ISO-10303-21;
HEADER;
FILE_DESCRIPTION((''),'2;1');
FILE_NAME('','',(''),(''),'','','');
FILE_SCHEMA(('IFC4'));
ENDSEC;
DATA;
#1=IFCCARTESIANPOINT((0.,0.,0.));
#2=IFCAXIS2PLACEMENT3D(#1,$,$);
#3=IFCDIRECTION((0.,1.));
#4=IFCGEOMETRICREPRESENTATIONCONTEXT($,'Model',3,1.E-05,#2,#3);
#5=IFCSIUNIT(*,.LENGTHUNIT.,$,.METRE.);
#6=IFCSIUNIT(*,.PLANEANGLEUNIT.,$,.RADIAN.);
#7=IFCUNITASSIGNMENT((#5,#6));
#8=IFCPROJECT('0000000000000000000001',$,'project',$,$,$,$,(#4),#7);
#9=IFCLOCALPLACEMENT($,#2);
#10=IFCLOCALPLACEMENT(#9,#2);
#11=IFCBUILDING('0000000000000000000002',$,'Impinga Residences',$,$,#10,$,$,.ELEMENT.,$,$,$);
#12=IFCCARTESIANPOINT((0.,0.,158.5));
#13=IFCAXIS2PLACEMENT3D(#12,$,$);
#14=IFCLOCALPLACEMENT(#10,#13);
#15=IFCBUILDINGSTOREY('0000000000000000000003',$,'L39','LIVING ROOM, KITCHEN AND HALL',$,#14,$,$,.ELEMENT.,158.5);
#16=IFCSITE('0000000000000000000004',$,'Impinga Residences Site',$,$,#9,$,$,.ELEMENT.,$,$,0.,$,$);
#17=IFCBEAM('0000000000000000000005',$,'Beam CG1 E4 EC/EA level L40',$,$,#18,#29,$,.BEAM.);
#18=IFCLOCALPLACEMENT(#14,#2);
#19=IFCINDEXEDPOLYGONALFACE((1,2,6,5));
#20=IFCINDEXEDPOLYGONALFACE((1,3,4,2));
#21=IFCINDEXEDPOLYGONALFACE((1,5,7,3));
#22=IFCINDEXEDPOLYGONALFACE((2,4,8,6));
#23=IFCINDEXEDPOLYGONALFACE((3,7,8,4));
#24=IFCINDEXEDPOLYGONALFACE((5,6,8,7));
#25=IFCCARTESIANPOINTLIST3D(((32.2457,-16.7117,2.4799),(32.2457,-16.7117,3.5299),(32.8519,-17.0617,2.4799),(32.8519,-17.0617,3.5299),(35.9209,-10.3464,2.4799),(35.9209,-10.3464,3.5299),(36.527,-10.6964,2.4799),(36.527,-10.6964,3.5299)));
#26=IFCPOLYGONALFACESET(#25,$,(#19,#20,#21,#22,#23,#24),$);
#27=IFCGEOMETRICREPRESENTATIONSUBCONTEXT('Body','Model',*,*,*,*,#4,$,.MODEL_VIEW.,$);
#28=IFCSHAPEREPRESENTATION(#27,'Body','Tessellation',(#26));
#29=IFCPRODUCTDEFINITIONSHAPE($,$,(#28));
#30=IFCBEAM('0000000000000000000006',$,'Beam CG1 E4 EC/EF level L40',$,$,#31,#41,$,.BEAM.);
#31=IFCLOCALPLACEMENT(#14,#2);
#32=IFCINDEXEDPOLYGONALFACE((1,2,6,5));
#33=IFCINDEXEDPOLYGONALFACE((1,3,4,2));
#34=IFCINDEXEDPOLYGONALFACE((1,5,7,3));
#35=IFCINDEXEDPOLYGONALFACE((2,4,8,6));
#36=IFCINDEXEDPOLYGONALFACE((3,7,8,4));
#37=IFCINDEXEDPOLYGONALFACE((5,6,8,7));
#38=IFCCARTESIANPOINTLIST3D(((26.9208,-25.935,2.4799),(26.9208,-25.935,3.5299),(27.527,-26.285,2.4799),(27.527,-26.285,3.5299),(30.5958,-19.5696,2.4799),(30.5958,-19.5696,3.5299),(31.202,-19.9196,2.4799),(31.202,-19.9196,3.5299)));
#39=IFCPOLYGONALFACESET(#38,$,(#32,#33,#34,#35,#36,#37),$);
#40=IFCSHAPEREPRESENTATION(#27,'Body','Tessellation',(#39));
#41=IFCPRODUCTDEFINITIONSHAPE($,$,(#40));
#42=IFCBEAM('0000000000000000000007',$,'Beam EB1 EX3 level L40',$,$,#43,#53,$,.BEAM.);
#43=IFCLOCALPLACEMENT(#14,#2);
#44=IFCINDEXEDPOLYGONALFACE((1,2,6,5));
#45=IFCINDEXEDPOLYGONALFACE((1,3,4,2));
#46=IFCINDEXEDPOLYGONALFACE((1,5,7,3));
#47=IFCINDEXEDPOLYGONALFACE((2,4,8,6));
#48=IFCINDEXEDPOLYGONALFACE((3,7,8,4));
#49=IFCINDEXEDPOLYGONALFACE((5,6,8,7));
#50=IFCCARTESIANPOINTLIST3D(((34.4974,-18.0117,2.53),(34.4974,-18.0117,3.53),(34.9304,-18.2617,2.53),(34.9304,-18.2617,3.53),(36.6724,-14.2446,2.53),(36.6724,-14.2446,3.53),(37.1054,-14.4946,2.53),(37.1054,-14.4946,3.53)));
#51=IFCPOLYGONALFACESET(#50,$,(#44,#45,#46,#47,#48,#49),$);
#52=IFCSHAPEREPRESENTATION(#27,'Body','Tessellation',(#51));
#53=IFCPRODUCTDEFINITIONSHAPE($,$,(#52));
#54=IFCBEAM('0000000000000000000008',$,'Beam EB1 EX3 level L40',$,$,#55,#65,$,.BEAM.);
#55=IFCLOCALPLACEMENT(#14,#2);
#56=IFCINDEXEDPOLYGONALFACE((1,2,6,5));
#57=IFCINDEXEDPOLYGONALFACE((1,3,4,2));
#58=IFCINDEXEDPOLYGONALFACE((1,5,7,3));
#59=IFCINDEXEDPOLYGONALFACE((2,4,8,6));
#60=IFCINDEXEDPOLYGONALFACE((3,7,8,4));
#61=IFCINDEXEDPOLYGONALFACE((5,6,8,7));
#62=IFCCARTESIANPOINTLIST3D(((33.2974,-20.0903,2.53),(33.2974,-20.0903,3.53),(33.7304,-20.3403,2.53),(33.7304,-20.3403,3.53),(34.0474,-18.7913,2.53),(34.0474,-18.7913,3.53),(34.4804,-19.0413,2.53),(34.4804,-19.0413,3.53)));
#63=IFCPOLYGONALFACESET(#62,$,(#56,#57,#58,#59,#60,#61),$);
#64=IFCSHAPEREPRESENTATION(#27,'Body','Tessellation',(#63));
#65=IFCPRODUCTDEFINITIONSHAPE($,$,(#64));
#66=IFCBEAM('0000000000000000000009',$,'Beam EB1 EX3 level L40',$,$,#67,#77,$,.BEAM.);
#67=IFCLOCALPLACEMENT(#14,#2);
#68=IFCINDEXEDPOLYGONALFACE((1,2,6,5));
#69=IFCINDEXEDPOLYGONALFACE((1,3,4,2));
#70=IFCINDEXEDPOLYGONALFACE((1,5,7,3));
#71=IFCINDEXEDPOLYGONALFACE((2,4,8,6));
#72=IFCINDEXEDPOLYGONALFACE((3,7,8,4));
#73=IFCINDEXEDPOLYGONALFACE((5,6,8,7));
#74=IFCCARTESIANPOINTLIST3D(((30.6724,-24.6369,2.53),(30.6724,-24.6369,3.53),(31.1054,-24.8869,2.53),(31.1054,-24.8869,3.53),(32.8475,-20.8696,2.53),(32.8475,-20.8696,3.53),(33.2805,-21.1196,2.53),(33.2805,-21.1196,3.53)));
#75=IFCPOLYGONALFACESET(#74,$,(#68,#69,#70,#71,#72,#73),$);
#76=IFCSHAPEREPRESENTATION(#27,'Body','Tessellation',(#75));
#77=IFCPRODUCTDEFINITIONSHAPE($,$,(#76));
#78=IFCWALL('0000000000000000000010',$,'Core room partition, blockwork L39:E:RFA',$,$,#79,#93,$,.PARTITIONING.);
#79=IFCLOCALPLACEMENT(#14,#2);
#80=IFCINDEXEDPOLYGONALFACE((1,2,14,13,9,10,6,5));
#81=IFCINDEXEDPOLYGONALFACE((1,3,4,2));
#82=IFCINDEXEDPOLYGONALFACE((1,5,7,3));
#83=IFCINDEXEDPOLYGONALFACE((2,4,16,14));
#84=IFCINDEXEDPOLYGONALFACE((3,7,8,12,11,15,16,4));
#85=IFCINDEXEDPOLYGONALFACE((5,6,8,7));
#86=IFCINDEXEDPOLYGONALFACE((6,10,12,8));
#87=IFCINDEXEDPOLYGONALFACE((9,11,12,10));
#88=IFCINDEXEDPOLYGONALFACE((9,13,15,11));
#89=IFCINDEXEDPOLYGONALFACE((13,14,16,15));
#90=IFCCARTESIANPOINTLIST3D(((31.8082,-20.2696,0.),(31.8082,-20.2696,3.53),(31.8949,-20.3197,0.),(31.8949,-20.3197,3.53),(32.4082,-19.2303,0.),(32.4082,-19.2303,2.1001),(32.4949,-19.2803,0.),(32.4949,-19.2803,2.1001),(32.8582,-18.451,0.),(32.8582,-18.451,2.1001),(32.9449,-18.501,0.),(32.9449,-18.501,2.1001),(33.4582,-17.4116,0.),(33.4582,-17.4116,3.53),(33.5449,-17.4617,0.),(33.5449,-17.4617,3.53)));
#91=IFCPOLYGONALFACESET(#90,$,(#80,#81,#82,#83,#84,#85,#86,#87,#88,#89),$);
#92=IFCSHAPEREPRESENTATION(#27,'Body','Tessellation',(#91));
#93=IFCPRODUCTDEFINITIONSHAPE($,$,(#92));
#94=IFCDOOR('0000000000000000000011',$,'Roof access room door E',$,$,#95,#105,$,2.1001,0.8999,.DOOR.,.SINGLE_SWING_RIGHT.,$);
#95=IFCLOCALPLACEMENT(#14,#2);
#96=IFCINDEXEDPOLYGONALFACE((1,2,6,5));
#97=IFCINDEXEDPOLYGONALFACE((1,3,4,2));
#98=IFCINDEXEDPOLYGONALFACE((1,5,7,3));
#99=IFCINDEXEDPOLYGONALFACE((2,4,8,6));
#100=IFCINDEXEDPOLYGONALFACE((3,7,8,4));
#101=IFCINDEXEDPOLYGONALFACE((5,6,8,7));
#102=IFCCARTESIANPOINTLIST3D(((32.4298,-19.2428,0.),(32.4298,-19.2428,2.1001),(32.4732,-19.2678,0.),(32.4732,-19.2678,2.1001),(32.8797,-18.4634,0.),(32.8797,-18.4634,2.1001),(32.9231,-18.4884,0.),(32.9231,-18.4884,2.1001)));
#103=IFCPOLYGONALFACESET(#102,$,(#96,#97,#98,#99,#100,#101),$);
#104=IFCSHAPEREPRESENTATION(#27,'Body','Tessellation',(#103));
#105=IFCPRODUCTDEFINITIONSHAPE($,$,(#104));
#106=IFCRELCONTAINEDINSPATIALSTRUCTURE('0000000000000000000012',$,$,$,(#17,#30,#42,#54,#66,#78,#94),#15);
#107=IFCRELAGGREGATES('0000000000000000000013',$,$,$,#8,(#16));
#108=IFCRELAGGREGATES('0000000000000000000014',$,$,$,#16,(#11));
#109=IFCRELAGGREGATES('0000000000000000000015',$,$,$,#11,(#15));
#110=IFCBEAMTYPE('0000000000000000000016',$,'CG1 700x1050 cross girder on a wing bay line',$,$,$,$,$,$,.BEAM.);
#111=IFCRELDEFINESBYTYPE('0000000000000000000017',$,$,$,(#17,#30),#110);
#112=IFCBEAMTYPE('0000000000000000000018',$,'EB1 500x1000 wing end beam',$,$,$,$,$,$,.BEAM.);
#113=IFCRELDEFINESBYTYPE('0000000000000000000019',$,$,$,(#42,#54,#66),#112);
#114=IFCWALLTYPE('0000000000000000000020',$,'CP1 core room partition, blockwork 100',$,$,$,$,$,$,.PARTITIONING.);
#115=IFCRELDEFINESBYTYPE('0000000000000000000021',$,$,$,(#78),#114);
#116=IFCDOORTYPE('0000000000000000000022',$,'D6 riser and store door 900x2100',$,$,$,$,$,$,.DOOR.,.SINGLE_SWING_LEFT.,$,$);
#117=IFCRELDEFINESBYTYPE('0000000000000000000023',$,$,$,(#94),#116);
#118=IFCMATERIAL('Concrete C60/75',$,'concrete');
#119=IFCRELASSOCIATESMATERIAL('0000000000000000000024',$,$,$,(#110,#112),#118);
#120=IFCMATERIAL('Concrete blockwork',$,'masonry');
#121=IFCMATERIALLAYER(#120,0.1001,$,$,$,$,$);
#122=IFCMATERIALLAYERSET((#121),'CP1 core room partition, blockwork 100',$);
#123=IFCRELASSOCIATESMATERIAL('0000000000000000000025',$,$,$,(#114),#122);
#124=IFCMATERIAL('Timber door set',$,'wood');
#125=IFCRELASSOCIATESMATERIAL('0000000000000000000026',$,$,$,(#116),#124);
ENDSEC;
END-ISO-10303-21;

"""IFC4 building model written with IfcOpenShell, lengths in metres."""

from ifc_helpers import new_model, si_unit, direction, frame, frame_2d, origin, origin_2d, place, context, subcontext, project, spatial, rectangle, extrude, material, layer, layer_set, material_profile, profile_set, type_object, element, fill, save


model = new_model("IFC4")

# Units and contexts
model_context = context("Model", 3, precision=1e-05, world=origin(), true_north=direction((0.0, 1.0)))
body_context = subcontext(model_context, "Body", "Model", "MODEL_VIEW")
ifc_project = project(units=[si_unit("LENGTHUNIT", "METRE"), si_unit("PLANEANGLEUNIT", "RADIAN")], contexts=[model_context])

# Site, building, storey
site_placement = place(None, origin())
site = spatial("IfcSite", under=ifc_project, at=site_placement, Name="Impinga Residences Site", CompositionType="ELEMENT", RefElevation=0.0)
building_placement = place(site_placement, origin())
building = spatial("IfcBuilding", under=site, at=building_placement, Name="Impinga Residences", CompositionType="ELEMENT")
storey_placement = place(building_placement, frame((0.0, 0.0, 158.5)))
storey = spatial("IfcBuildingStorey", under=building, at=storey_placement, Name="L39", Description="LIVING ROOM, KITCHEN AND HALL", CompositionType="ELEMENT", Elevation=158.5)

# Beams
ifc_material_1 = material(Name="Concrete C60/75", Category="concrete")
ifc_material_profile_1 = material_profile(ifc_material_1, rectangle(XDim=0.7, YDim=1.05, at=origin_2d()), Name="RC 700x1050")
ifc_profile_set_1 = profile_set([ifc_material_profile_1], Name="Concrete C60/75")
beam_type_1 = type_object("IfcBeamType", Name="CG1 700x1050 cross girder on a wing bay line", PredefinedType="BEAM", material=ifc_profile_set_1)
for number, where, z_axis, x_axis, name in (
    (1, (32.5488, -16.8867, 3.0049), (0.500008, 0.866021, 0.0), (-0.866021, 0.500008, 0.0), "Beam CG1 E4 EC/EA level L40"),
    (2, (30.8989, -19.7446, 3.0049), (-0.499994, -0.866029, 0.0), (0.866029, -0.499994, 0.0), "Beam CG1 E4 EC/EF level L40"),
):
    element("IfcBeam", number, at=place(storey_placement, frame(where, z_axis=z_axis, x_axis=x_axis)), inside=storey, type_object=beam_type_1, Name=name, PredefinedType="BEAM", context=body_context, shape_type="SweptSolid", body=[
        extrude(rectangle(XDim=0.7, YDim=1.05, at=origin_2d()), origin(), (0.0, 0.0, 1.0), 7.3501),
    ])
ifc_material_profile_2 = material_profile(ifc_material_1, rectangle(XDim=0.5, YDim=1.0, at=origin_2d()), Name="RC 500x1000")
ifc_profile_set_2 = profile_set([ifc_material_profile_2], Name="Concrete C60/75")
beam_type_2 = type_object("IfcBeamType", Name="EB1 500x1000 wing end beam", PredefinedType="BEAM", material=ifc_profile_set_2)
beam_1_placement = place(storey_placement, frame((36.8889, -14.3696, 3.03), z_axis=(-0.50002, -0.866014, 0.0), x_axis=(0.866014, -0.50002, 0.0)))
element("IfcBeam", 3, at=beam_1_placement, inside=storey, type_object=beam_type_2, Name="Beam EB1 EX3 level L40", PredefinedType="BEAM", context=body_context, shape_type="SweptSolid", body=[
    extrude(rectangle(XDim=0.5, YDim=1.0, at=origin_2d()), origin(), (0.0, 0.0, 1.0), 4.3499),
])
beam_2_placement = place(storey_placement, frame((34.2639, -18.9163, 3.03), z_axis=(-0.49999, -0.866031, 0.0), x_axis=(0.866031, -0.49999, 0.0)))
element("IfcBeam", 4, at=beam_2_placement, inside=storey, type_object=beam_type_2, Name="Beam EB1 EX3 level L40", PredefinedType="BEAM", context=body_context, shape_type="SweptSolid", body=[
    extrude(rectangle(XDim=0.5, YDim=1.0, at=origin_2d()), origin(), (0.0, 0.0, 1.0), 1.5),
])
beam_3_placement = place(storey_placement, frame((33.064, -20.9946, 3.03), z_axis=(-0.499996, -0.866028, 0.0), x_axis=(0.866028, -0.499996, 0.0)))
element("IfcBeam", 5, at=beam_3_placement, inside=storey, type_object=beam_type_2, Name="Beam EB1 EX3 level L40", PredefinedType="BEAM", context=body_context, shape_type="SweptSolid", body=[
    extrude(rectangle(XDim=0.5, YDim=1.0, at=origin_2d()), origin(), (0.0, 0.0, 1.0), 4.3501),
])

# Wall, opening, door
ifc_material_2 = material(Name="Concrete blockwork", Category="masonry")
ifc_layer_1 = layer(ifc_material_2, 0.1001)
ifc_layer_set_1 = layer_set([ifc_layer_1], Name="CP1 core room partition, blockwork 100")
wall_type_1 = type_object("IfcWallType", Name="CP1 core room partition, blockwork 100", PredefinedType="PARTITIONING", material=ifc_layer_set_1)
wall_1_placement = place(storey_placement, frame((33.5015, -17.4368, 0.0), z_axis=(0.0, 0.0, 1.0), x_axis=(-0.499974, -0.86604, 0.0)))
wall_1 = element("IfcWall", 6, at=wall_1_placement, inside=storey, type_object=wall_type_1, Name="Core room partition, blockwork L39:E:RFA", PredefinedType="PARTITIONING", context=body_context, shape_type="SweptSolid", body=[
    extrude(rectangle(XDim=3.3, YDim=0.1001, at=frame_2d((1.6499, 0.0))), origin(), (0.0, 0.0, 1.0), 3.53),
])
opening_1_placement = place(wall_1_placement, frame((1.2, 0.0, 0.0)))
opening_1 = element("IfcOpeningElement", 7, at=opening_1_placement, cuts=wall_1, PredefinedType="OPENING", context=body_context, shape_type="SweptSolid", body=[
    extrude(rectangle(XDim=0.8999, YDim=2.1001, at=frame_2d((0.45, 1.05))), frame((0.0, 0.0601, 0.0), z_axis=(0.0, -1.0, 0.0), x_axis=(1.0, 0.0, 0.0)), (0.0, 0.0, 1.0), 0.1201),
])
ifc_material_3 = material(Name="Timber door set", Category="wood")
door_type_1 = type_object("IfcDoorType", Name="D6 riser and store door 900x2100", OperationType="SINGLE_SWING_LEFT", PredefinedType="DOOR", material=ifc_material_3)
door_1_placement = place(opening_1_placement, origin())
door_1 = element("IfcDoor", 8, at=door_1_placement, inside=storey, type_object=door_type_1, Name="Roof access room door E", OperationType="SINGLE_SWING_RIGHT", OverallHeight=2.1001, OverallWidth=0.8999, PredefinedType="DOOR", context=body_context, shape_type="SweptSolid", body=[
    extrude(rectangle(XDim=0.8999, YDim=2.1001, at=frame_2d((0.45, 1.05))), frame((0.0, 0.0249, 0.0), z_axis=(0.0, -1.0, 0.0), x_axis=(1.0, 0.0, 0.0)), (0.0, 0.0, 1.0), 0.05),
])
fill(opening_1, door_1)

save(model, "model.ifc")
